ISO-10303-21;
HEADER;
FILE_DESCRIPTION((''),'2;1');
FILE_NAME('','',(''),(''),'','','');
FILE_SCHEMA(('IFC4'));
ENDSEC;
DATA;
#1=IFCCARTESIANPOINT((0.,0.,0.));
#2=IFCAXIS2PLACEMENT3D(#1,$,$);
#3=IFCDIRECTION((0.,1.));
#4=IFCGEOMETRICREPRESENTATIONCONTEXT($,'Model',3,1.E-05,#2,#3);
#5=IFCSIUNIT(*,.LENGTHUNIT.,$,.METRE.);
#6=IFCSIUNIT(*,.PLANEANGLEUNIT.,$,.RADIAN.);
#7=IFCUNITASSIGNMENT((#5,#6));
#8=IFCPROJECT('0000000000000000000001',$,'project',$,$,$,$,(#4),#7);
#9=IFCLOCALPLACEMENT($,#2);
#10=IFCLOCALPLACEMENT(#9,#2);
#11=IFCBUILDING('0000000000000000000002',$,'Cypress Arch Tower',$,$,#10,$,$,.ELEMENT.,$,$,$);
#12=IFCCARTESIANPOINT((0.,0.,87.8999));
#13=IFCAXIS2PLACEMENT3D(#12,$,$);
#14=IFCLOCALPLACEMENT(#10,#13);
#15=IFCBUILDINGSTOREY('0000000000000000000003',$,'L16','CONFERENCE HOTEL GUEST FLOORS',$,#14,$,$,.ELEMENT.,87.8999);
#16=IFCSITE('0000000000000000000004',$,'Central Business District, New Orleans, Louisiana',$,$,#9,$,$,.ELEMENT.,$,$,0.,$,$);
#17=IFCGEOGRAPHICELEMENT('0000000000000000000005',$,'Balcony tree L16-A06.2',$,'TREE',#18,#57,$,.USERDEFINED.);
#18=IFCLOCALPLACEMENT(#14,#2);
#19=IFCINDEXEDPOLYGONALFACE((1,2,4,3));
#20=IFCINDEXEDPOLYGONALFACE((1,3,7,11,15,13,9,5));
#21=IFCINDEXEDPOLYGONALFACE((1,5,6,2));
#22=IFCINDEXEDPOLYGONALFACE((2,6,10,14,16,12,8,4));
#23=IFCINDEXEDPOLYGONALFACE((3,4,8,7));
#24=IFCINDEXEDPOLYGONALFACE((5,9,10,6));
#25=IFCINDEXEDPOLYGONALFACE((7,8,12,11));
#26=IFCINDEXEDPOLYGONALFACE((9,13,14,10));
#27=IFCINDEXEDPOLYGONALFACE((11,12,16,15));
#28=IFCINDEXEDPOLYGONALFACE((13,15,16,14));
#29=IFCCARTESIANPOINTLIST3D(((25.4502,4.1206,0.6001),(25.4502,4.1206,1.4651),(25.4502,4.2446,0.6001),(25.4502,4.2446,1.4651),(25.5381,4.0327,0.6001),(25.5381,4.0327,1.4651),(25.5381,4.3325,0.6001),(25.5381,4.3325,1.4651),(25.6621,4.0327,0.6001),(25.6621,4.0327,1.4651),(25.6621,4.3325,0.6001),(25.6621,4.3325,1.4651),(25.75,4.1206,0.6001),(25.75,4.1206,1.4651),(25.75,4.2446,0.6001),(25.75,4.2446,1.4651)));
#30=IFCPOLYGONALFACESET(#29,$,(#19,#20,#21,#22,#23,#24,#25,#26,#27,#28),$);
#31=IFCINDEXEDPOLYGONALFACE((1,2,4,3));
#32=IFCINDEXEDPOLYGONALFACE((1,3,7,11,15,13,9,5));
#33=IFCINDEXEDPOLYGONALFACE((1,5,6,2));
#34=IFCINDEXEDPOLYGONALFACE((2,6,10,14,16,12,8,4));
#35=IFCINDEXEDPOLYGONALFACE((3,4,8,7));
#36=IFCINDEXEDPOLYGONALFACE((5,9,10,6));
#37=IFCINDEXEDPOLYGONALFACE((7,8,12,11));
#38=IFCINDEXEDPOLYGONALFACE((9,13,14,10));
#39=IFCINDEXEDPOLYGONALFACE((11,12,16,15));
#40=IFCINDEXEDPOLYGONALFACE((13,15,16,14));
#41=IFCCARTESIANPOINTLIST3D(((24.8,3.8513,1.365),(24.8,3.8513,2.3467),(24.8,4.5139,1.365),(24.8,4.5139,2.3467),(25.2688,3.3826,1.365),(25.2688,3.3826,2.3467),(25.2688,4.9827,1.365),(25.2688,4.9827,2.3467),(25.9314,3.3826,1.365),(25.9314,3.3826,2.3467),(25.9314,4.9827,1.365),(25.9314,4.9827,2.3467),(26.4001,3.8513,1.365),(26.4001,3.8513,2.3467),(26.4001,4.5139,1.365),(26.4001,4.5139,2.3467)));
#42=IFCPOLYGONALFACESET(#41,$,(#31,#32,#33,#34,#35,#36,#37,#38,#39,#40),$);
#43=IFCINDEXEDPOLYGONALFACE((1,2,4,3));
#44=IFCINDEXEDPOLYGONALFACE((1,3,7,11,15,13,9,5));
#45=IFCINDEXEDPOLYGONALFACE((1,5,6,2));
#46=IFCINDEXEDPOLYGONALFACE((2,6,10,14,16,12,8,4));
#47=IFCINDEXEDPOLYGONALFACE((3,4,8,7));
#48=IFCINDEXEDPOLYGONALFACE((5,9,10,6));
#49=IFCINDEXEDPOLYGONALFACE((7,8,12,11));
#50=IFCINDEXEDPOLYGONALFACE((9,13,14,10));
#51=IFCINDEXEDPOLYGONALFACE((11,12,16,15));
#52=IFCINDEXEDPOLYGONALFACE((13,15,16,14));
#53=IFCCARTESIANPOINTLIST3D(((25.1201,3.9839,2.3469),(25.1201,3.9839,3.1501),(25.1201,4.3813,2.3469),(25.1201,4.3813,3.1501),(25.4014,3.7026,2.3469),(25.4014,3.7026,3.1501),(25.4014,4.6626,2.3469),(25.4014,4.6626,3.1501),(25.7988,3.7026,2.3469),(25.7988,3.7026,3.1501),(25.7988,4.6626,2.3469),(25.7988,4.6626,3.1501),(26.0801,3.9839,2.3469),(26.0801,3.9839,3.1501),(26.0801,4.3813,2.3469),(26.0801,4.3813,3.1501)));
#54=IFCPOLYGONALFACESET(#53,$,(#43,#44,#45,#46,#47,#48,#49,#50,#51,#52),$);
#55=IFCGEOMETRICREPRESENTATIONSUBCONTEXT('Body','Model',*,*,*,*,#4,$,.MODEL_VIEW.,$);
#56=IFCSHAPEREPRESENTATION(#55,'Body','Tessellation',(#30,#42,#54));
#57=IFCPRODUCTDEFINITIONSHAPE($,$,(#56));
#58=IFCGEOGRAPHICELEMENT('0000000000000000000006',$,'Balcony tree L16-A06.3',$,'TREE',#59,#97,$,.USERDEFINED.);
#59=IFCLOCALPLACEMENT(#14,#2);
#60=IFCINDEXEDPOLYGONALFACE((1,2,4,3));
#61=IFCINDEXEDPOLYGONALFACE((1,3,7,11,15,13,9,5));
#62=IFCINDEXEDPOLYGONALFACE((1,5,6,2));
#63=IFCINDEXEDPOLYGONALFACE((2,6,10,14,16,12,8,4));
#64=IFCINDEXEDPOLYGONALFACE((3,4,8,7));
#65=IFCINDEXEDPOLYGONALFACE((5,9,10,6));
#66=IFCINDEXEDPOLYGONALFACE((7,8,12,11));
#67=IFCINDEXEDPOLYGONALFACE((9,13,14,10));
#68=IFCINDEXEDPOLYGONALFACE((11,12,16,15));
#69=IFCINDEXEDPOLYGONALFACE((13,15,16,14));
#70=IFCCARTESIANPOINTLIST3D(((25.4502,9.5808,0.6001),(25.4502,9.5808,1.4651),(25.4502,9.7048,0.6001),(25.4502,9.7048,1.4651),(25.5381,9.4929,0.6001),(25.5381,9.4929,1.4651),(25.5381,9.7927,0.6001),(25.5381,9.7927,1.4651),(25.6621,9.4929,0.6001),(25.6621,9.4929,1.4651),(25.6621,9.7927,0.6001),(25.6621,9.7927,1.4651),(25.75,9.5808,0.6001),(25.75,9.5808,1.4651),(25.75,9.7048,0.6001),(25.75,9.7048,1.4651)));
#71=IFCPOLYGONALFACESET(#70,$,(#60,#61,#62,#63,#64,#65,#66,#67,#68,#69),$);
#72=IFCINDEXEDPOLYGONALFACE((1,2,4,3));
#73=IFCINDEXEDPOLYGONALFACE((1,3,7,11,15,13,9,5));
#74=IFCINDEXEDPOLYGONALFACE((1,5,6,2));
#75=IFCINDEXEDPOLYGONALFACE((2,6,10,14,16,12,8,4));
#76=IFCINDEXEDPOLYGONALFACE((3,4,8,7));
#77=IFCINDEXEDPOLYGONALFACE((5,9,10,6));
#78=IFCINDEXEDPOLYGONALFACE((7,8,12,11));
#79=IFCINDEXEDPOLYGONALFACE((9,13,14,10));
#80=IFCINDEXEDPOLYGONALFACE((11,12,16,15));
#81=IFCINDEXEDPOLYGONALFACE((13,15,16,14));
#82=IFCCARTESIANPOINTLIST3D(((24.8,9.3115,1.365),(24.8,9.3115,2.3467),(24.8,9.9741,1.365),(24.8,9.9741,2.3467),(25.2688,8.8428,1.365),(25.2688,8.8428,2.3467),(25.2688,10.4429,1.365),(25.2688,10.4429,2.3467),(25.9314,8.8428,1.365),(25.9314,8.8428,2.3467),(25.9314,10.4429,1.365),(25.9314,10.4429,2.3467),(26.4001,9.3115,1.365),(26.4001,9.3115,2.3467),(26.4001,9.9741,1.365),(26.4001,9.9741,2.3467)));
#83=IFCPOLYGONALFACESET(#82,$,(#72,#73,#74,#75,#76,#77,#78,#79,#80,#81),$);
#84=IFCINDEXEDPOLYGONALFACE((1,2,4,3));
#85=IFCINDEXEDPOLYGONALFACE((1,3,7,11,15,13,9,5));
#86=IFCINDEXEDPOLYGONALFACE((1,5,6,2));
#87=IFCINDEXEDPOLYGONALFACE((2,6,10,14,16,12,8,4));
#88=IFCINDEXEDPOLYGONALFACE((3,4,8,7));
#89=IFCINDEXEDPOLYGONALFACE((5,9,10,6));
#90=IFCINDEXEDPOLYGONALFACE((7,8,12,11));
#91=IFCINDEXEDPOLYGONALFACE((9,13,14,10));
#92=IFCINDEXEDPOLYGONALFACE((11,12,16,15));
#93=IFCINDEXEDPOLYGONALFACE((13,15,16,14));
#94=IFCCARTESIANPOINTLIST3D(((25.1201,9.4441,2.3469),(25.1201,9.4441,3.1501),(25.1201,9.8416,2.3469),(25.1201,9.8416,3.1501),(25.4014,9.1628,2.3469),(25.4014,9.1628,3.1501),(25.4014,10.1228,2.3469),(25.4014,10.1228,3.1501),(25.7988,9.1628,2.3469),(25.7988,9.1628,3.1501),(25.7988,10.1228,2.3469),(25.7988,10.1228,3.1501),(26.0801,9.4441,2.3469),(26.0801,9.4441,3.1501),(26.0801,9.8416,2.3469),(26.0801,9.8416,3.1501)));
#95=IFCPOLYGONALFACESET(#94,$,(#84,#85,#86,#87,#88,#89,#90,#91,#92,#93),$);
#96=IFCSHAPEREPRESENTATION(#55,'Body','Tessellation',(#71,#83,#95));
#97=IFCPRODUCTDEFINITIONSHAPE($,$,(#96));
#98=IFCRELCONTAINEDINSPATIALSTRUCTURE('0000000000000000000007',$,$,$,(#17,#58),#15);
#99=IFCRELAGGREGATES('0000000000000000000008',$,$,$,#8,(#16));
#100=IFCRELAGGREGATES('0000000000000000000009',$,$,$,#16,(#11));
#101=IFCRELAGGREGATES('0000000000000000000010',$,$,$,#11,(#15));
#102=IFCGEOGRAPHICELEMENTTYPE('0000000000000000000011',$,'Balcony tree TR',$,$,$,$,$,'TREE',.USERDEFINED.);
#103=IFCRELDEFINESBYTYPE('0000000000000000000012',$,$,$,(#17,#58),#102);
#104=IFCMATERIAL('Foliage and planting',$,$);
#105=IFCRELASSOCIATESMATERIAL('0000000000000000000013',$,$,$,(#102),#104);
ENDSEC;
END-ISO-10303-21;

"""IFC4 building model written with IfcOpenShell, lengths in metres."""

from ifc_helpers import new_model, si_unit, direction, frame, origin, place, context, subcontext, project, spatial, polyline, outline, extrude, material, type_object, element, save


model = new_model("IFC4")

# Units and contexts
model_context = context("Model", 3, precision=1e-05, world=origin(), true_north=direction((0.0, 1.0)))
body_context = subcontext(model_context, "Body", "Model", "MODEL_VIEW")
ifc_project = project(units=[si_unit("LENGTHUNIT", "METRE"), si_unit("PLANEANGLEUNIT", "RADIAN")], contexts=[model_context])

# Site, building, storey
site_placement = place(None, origin())
site = spatial("IfcSite", under=ifc_project, at=site_placement, Name="Central Business District, New Orleans, Louisiana", CompositionType="ELEMENT", RefElevation=0.0)
building_placement = place(site_placement, origin())
building = spatial("IfcBuilding", under=site, at=building_placement, Name="Cypress Arch Tower", CompositionType="ELEMENT")
storey_placement = place(building_placement, frame((0.0, 0.0, 87.8999)))
storey = spatial("IfcBuildingStorey", under=building, at=storey_placement, Name="L16", Description="CONFERENCE HOTEL GUEST FLOORS", CompositionType="ELEMENT", Elevation=87.8999)

# Geographic elements
ifc_material_1 = material(Name="Foliage and planting")
geographic_element_type = type_object("IfcGeographicElementType", Name="Balcony tree TR", ElementType="TREE", PredefinedType="USERDEFINED", material=ifc_material_1)
for number, where, z_axis, x_axis, name in (
    (1, (25.6001, 4.1826, 0.6001), (0.0, 0.0, 1.0), (1.0, 0.0, 0.0), "Balcony tree L16-A06.2"),
    (2, (25.6001, 9.6428, 0.6001), (0.0, 0.0, 1.0), (1.0, 0.0, 0.0), "Balcony tree L16-A06.3"),
):
    element("IfcGeographicElement", number, at=place(storey_placement, frame(where, z_axis=z_axis, x_axis=x_axis)), inside=storey, type_object=geographic_element_type, Name=name, ObjectType="TREE", PredefinedType="USERDEFINED", context=body_context, shape_type="SweptSolid", body=[
        extrude(outline(polyline([(0.1499, 0.062), (0.062, 0.1499), (-0.062, 0.1499), (-0.1499, 0.062), (-0.1499, -0.062), (-0.062, -0.1499), (0.062, -0.1499), (0.1499, -0.062), (0.1499, 0.062)])), origin(), (0.0, 0.0, 1.0), 0.865),
        extrude(outline(polyline([(0.8, 0.3313), (0.3313, 0.8), (-0.3313, 0.8), (-0.8, 0.3313), (-0.8, -0.3313), (-0.3313, -0.8), (0.3313, -0.8), (0.8, -0.3313), (0.8, 0.3313)])), frame((0.0, 0.0, 0.7649)), (0.0, 0.0, 1.0), 0.9817),
        extrude(outline(polyline([(0.48, 0.1987), (0.1987, 0.48), (-0.1987, 0.48), (-0.48, 0.1987), (-0.48, -0.1987), (-0.1987, -0.48), (0.1987, -0.48), (0.48, -0.1987), (0.48, 0.1987)])), frame((0.0, 0.0, 1.7468)), (0.0, 0.0, 1.0), 0.8032),
    ])

save(model, "model.ifc")
